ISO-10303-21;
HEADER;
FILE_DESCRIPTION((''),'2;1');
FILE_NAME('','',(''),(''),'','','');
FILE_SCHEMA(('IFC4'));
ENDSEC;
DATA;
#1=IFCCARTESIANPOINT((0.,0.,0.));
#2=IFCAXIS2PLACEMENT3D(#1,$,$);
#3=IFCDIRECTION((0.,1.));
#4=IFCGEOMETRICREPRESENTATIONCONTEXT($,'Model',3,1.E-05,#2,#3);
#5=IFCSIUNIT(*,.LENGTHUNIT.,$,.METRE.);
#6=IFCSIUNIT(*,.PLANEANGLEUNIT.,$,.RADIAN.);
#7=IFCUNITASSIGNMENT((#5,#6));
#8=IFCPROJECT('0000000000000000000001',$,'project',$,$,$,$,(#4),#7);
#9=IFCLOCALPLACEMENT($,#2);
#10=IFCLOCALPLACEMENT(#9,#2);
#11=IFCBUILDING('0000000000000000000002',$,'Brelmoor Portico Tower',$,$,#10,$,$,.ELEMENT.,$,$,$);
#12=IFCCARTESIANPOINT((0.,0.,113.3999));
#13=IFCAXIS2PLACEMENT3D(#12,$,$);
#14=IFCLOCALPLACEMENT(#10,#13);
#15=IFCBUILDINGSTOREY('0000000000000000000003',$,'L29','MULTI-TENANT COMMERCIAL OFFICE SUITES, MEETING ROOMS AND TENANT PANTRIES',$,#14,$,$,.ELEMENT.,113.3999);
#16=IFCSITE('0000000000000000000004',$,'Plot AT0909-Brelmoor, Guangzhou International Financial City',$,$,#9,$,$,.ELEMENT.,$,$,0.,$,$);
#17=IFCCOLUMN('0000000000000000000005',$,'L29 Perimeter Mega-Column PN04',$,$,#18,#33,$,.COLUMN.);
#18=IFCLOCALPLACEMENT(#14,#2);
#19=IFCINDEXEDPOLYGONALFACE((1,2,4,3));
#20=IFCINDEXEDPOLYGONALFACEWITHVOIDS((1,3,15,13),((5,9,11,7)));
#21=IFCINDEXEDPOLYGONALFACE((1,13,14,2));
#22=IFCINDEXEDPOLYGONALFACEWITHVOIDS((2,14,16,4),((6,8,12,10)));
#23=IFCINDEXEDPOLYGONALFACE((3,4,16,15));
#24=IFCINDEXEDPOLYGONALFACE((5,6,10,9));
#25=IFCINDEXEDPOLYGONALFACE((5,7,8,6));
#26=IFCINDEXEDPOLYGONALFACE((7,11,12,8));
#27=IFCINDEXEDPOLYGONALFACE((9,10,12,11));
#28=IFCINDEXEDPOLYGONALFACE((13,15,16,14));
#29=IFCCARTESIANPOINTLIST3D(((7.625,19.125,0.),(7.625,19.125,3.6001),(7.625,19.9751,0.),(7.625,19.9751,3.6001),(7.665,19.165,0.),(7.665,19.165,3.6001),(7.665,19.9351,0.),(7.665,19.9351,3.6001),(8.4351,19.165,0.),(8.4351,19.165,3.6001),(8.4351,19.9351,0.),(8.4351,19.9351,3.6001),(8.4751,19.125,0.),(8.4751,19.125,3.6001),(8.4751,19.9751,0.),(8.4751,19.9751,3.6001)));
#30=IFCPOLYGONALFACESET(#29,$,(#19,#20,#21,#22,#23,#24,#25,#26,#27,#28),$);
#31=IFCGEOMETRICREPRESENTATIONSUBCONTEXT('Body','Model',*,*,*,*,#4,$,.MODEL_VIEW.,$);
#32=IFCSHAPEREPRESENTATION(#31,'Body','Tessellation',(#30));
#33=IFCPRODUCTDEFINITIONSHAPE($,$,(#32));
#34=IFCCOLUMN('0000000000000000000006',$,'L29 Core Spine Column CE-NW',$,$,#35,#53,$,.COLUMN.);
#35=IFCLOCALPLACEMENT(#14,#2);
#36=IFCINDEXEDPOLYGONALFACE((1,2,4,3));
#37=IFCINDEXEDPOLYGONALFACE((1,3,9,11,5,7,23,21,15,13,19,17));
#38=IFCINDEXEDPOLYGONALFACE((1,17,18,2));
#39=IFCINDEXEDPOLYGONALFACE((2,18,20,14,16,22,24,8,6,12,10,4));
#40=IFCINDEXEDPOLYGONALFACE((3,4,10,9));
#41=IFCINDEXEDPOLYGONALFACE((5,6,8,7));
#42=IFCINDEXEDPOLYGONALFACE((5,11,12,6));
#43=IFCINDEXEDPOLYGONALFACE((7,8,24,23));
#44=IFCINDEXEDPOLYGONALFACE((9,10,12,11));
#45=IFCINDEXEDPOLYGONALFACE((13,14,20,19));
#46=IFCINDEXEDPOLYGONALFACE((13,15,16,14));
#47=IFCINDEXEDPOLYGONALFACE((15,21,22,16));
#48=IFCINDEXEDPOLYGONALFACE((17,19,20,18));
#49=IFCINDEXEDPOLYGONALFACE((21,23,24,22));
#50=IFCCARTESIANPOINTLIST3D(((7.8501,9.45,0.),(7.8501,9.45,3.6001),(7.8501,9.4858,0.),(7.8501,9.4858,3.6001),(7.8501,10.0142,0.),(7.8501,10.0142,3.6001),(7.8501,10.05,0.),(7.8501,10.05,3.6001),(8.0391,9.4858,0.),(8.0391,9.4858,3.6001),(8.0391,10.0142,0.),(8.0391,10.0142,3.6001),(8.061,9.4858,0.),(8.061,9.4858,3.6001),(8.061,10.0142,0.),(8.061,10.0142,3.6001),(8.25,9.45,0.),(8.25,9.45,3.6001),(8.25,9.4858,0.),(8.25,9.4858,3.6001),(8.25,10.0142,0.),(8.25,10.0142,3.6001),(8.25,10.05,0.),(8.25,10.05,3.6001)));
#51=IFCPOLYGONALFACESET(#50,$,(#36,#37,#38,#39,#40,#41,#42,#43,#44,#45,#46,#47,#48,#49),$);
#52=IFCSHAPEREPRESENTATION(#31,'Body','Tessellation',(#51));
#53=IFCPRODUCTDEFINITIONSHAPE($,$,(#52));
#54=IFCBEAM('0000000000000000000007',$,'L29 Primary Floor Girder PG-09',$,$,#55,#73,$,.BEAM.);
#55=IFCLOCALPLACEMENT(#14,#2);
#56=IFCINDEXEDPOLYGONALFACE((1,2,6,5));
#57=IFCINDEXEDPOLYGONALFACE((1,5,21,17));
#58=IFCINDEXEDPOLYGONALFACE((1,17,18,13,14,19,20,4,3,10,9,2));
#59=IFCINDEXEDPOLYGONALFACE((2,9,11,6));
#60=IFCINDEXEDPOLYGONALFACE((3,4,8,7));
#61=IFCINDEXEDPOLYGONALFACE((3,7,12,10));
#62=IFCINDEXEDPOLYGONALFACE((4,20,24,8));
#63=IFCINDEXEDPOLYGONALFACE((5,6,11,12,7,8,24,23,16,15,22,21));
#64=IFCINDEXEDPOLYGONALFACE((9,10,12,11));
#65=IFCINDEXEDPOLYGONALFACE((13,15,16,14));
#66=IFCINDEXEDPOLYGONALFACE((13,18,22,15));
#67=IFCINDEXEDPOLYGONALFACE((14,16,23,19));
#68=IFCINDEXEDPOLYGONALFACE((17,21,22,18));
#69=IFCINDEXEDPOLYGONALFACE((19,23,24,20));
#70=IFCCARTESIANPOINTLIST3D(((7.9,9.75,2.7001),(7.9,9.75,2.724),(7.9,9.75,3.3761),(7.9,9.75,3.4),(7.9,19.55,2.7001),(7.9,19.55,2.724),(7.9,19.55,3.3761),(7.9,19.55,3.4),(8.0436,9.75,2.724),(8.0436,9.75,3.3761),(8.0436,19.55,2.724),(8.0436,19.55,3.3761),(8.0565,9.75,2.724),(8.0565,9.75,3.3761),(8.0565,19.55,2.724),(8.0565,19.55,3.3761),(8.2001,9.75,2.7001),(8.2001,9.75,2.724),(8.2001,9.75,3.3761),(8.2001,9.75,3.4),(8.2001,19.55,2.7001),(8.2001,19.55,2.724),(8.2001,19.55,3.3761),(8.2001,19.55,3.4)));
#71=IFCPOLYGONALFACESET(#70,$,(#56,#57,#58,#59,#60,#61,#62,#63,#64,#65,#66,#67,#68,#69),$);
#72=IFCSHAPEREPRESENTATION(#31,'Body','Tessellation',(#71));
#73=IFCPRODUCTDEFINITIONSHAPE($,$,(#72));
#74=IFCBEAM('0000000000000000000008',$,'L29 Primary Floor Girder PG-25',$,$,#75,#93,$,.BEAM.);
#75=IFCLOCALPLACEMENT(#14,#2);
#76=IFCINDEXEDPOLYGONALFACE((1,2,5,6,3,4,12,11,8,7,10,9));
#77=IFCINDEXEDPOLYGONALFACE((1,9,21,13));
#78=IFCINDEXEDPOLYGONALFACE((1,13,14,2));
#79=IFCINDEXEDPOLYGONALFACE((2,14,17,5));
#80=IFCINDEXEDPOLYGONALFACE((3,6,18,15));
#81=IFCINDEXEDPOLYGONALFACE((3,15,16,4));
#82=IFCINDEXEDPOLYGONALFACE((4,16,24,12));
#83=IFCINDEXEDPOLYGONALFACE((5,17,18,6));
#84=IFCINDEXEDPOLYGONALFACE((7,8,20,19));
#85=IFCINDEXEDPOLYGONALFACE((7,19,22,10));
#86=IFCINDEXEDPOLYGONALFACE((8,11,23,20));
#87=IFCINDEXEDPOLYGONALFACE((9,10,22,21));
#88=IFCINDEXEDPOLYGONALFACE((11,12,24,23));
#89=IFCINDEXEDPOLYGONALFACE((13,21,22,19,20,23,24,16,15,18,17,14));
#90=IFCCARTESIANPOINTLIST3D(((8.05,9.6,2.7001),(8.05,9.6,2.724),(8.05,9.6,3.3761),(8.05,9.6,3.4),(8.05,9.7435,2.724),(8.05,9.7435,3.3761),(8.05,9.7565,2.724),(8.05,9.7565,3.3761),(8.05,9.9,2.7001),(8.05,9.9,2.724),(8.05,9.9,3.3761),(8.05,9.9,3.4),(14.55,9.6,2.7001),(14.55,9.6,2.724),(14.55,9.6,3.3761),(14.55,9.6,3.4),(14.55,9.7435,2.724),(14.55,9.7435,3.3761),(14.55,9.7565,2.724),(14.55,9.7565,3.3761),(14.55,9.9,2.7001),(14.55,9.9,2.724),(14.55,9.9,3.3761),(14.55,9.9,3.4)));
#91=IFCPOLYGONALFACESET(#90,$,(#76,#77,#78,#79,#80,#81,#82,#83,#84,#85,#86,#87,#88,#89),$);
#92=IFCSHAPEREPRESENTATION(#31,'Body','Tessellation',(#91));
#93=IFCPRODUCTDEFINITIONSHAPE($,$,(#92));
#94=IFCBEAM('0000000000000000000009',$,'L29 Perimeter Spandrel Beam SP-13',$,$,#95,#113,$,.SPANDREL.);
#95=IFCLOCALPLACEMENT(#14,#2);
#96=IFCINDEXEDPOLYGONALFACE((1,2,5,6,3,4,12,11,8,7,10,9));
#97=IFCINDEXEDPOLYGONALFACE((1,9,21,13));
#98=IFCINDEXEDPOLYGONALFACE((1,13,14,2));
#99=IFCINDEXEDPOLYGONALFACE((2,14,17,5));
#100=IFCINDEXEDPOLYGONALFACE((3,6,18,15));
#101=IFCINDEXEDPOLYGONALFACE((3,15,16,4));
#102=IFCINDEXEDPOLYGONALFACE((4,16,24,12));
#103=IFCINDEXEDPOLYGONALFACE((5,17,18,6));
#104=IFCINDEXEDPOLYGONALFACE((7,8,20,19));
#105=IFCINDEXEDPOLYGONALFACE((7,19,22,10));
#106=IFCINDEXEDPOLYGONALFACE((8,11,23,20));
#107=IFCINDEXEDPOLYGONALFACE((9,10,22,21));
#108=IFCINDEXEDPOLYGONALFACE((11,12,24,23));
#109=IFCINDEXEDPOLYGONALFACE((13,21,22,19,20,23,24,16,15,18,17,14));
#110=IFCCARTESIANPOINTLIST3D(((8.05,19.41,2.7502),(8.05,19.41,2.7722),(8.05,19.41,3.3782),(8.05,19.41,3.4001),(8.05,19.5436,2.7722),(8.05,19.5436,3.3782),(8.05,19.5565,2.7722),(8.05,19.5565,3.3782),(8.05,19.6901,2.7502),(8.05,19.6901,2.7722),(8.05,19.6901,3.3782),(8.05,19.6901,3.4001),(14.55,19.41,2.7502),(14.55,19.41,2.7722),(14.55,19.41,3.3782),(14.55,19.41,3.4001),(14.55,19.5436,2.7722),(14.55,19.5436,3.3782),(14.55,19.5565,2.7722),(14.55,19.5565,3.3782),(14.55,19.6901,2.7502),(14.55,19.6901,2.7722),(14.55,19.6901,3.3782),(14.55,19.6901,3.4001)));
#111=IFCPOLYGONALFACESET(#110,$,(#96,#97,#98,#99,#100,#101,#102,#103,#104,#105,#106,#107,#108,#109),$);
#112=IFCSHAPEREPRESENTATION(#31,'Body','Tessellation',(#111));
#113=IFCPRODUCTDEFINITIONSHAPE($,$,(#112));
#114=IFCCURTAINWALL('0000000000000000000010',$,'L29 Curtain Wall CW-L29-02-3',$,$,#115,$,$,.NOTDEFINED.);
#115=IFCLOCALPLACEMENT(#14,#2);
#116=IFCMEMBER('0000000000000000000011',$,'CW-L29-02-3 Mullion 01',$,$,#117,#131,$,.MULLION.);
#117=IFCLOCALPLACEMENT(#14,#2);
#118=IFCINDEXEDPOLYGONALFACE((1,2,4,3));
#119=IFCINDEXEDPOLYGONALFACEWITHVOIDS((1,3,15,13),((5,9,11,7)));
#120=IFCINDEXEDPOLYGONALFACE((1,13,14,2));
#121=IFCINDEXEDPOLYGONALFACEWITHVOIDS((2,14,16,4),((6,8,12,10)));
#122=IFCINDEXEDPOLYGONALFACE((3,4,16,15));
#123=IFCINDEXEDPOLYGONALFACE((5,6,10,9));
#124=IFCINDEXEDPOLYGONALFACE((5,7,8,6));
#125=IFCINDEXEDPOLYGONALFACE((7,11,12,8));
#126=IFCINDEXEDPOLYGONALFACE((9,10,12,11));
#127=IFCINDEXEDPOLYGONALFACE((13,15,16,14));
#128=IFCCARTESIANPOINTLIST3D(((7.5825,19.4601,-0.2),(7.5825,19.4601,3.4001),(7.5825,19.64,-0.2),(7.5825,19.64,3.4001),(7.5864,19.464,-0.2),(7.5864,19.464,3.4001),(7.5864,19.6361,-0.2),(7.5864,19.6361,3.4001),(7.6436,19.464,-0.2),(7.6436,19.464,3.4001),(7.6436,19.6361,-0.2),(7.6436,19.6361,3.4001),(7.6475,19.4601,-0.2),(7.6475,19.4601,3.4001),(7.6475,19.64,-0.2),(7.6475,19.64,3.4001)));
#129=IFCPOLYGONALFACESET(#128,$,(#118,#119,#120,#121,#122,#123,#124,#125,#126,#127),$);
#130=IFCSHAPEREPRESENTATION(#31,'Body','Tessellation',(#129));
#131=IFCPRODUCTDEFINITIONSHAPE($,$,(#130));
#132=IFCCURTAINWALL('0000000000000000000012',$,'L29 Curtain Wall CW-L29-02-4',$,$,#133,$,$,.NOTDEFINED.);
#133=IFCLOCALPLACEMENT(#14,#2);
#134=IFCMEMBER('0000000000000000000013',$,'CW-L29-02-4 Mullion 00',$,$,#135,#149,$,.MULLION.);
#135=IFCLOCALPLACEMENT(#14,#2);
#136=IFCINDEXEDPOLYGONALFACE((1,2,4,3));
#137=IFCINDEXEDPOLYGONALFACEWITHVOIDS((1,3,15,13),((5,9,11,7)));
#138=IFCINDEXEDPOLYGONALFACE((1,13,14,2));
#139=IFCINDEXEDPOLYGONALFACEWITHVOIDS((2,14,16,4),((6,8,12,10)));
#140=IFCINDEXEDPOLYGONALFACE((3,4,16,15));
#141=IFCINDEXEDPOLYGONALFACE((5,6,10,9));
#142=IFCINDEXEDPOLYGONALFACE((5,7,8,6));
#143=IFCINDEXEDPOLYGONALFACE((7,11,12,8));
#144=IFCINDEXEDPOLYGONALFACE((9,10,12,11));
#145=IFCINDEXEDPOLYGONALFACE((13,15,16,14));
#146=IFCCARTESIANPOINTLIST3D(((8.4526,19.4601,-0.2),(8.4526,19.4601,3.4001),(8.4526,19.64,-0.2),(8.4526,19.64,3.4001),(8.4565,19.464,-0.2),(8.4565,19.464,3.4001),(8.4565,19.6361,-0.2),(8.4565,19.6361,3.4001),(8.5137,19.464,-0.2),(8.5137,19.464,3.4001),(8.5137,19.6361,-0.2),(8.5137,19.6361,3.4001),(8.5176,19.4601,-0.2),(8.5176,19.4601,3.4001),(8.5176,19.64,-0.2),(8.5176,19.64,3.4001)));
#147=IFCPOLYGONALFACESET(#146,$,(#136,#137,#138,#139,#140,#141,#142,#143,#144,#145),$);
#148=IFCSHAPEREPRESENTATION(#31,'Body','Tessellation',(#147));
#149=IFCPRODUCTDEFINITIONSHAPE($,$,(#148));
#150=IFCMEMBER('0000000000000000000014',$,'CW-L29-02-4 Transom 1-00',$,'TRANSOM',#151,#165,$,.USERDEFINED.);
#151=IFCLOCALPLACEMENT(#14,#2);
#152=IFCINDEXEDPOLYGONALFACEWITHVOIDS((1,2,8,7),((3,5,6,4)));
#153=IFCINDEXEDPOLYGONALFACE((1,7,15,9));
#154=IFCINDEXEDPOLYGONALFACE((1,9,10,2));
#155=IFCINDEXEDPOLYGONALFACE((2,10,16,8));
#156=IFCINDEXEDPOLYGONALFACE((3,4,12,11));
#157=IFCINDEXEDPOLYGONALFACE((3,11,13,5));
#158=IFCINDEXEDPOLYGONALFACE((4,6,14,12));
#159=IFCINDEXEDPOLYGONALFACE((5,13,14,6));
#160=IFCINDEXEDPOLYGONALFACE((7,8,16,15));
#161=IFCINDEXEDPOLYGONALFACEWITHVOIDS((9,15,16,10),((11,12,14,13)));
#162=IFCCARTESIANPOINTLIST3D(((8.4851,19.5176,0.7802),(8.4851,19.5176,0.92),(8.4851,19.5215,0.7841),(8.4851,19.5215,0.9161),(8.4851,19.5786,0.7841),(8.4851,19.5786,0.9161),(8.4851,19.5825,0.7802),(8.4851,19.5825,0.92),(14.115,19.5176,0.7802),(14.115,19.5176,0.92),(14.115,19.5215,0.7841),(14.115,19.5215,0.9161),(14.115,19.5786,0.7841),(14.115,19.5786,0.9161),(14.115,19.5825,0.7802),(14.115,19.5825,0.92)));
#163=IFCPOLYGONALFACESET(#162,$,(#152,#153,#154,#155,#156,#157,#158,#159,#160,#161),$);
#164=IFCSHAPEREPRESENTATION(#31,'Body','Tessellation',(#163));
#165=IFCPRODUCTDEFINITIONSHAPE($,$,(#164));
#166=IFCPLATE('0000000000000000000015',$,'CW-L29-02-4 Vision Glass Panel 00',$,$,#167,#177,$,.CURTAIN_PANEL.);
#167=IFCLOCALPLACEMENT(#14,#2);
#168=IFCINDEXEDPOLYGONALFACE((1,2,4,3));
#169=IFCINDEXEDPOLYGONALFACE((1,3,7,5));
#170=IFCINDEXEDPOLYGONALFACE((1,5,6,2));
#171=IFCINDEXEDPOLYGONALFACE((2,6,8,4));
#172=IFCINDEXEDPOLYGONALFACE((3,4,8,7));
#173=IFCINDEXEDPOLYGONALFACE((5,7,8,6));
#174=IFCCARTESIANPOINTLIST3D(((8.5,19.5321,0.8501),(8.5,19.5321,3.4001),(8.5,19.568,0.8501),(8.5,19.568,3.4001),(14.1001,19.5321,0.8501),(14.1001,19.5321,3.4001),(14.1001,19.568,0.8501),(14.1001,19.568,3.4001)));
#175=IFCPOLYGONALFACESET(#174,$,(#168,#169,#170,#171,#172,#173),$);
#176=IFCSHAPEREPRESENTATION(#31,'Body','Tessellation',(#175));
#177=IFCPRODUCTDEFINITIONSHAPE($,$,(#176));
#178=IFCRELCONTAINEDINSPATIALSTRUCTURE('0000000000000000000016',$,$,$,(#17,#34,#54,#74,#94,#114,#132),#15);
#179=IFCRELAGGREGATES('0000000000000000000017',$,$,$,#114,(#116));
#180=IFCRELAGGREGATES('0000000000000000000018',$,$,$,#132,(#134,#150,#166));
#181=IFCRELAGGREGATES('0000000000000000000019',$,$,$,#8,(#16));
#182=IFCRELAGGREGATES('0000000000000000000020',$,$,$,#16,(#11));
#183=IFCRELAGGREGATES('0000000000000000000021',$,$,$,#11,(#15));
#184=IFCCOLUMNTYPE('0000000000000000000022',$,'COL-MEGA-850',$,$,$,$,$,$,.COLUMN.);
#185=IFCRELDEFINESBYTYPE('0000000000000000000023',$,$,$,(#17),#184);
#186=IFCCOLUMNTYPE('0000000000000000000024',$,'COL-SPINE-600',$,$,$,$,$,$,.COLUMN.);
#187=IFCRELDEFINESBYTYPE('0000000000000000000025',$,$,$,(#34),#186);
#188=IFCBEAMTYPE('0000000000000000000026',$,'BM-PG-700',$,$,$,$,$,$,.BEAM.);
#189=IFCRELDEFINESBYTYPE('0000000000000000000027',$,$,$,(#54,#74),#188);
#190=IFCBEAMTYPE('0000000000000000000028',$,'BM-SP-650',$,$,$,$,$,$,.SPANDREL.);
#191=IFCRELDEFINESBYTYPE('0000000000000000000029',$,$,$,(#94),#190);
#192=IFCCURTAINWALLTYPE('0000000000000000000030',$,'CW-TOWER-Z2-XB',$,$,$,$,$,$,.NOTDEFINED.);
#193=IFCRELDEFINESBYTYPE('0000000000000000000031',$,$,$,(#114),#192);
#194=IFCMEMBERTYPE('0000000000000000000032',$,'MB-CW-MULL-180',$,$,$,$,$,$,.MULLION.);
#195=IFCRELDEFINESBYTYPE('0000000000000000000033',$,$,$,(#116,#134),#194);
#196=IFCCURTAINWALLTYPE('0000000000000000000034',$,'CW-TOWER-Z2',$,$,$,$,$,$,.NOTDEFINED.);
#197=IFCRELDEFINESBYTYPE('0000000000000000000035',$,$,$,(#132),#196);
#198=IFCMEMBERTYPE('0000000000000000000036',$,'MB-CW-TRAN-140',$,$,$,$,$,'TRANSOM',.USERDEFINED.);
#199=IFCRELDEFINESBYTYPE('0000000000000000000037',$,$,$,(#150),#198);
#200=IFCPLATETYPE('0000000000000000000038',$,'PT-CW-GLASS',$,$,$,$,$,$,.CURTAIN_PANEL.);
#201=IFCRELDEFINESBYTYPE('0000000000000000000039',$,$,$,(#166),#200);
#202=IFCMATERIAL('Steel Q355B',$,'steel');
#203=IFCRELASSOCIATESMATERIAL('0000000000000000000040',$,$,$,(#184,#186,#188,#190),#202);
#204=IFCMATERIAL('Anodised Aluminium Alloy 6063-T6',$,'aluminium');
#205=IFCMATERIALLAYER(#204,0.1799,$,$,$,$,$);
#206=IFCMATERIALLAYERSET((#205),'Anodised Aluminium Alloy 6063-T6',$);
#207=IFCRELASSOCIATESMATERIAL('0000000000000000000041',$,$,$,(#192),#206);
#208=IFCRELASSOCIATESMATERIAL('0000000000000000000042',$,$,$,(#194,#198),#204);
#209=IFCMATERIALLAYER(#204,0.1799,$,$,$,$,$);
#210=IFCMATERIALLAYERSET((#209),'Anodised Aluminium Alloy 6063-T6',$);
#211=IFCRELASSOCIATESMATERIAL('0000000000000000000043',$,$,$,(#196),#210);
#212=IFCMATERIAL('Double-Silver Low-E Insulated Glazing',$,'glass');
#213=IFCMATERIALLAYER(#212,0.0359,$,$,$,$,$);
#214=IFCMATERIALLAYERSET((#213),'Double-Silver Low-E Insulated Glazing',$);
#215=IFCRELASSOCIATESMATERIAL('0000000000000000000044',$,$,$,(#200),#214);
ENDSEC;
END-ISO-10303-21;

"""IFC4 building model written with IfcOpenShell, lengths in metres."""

from ifc_helpers import new_model, si_unit, direction, frame, origin, origin_2d, place, context, subcontext, project, spatial, rectangle, hollow_rectangle, i_section, extrude, material, layer, layer_set, material_profile, profile_set, type_object, element, aggregate, save


model = new_model("IFC4")

# Units and contexts
model_context = context("Model", 3, precision=1e-05, world=origin(), true_north=direction((0.0, 1.0)))
body_context = subcontext(model_context, "Body", "Model", "MODEL_VIEW")
ifc_project = project(units=[si_unit("LENGTHUNIT", "METRE"), si_unit("PLANEANGLEUNIT", "RADIAN")], contexts=[model_context])

# Site, building, storey
site_placement = place(None, origin())
site = spatial("IfcSite", under=ifc_project, at=site_placement, Name="Plot AT0909-Brelmoor, Guangzhou International Financial City", CompositionType="ELEMENT", RefElevation=0.0)
building_placement = place(site_placement, origin())
building = spatial("IfcBuilding", under=site, at=building_placement, Name="Brelmoor Portico Tower", CompositionType="ELEMENT")
storey_placement = place(building_placement, frame((0.0, 0.0, 113.3999)))
storey = spatial("IfcBuildingStorey", under=building, at=storey_placement, Name="L29", Description="MULTI-TENANT COMMERCIAL OFFICE SUITES, MEETING ROOMS AND TENANT PANTRIES", CompositionType="ELEMENT", Elevation=113.3999)

# Columns
ifc_material_1 = material(Name="Steel Q355B", Category="steel")
ifc_material_profile_1 = material_profile(ifc_material_1, hollow_rectangle(XDim=0.8501, YDim=0.8501, WallThickness=0.04, at=origin_2d()), Name="BOX 850x850x40")
ifc_profile_set_1 = profile_set([ifc_material_profile_1], Name="Steel Q355B")
column_type_1 = type_object("IfcColumnType", Name="COL-MEGA-850", PredefinedType="COLUMN", material=ifc_profile_set_1)
column_1_placement = place(storey_placement, frame((8.05, 19.55, 0.0), z_axis=(0.0, 0.0, 1.0), x_axis=(1.0, 0.0, 0.0)))
element("IfcColumn", 1, at=column_1_placement, inside=storey, type_object=column_type_1, Name="L29 Perimeter Mega-Column PN04", PredefinedType="COLUMN", context=body_context, shape_type="SweptSolid", body=[
    extrude(hollow_rectangle(XDim=0.8501, YDim=0.8501, WallThickness=0.04, at=origin_2d()), origin(), (0.0, 0.0, 1.0), 3.6001),
])
ifc_material_profile_2 = material_profile(ifc_material_1, i_section(OverallWidth=0.3999, OverallDepth=0.6001, WebThickness=0.022, FlangeThickness=0.0359, at=origin_2d()), Name="HW 600x400x22x36")
ifc_profile_set_2 = profile_set([ifc_material_profile_2], Name="Steel Q355B")
column_type_2 = type_object("IfcColumnType", Name="COL-SPINE-600", PredefinedType="COLUMN", material=ifc_profile_set_2)
column_2_placement = place(storey_placement, frame((8.05, 9.75, 0.0), z_axis=(0.0, 0.0, 1.0), x_axis=(1.0, 0.0, 0.0)))
element("IfcColumn", 2, at=column_2_placement, inside=storey, type_object=column_type_2, Name="L29 Core Spine Column CE-NW", PredefinedType="COLUMN", context=body_context, shape_type="SweptSolid", body=[
    extrude(i_section(OverallWidth=0.3999, OverallDepth=0.6001, WebThickness=0.022, FlangeThickness=0.0359, at=origin_2d()), origin(), (0.0, 0.0, 1.0), 3.6001),
])

# Beams
ifc_material_profile_3 = material_profile(ifc_material_1, i_section(OverallWidth=0.3, OverallDepth=0.7, WebThickness=0.0129, FlangeThickness=0.0239, at=origin_2d()), Name="HN 700x300x13x24")
ifc_profile_set_3 = profile_set([ifc_material_profile_3], Name="Steel Q355B")
beam_type_1 = type_object("IfcBeamType", Name="BM-PG-700", PredefinedType="BEAM", material=ifc_profile_set_3)
beam_1_placement = place(storey_placement, frame((8.05, 9.75, 3.05), z_axis=(0.0, 1.0, 0.0), x_axis=(-1.0, 0.0, 0.0)))
element("IfcBeam", 3, at=beam_1_placement, inside=storey, type_object=beam_type_1, Name="L29 Primary Floor Girder PG-09", PredefinedType="BEAM", context=body_context, shape_type="SweptSolid", body=[
    extrude(i_section(OverallWidth=0.3, OverallDepth=0.7, WebThickness=0.0129, FlangeThickness=0.0239, at=origin_2d()), origin(), (0.0, 0.0, 1.0), 9.8),
])
beam_2_placement = place(storey_placement, frame((8.05, 9.75, 3.05), z_axis=(1.0, 0.0, 0.0), x_axis=(0.0, 1.0, 0.0)))
element("IfcBeam", 4, at=beam_2_placement, inside=storey, type_object=beam_type_1, Name="L29 Primary Floor Girder PG-25", PredefinedType="BEAM", context=body_context, shape_type="SweptSolid", body=[
    extrude(i_section(OverallWidth=0.3, OverallDepth=0.7, WebThickness=0.0129, FlangeThickness=0.0239, at=origin_2d()), origin(), (0.0, 0.0, 1.0), 6.5),
])
ifc_material_profile_4 = material_profile(ifc_material_1, i_section(OverallWidth=0.28, OverallDepth=0.6499, WebThickness=0.0129, FlangeThickness=0.022, at=origin_2d()), Name="HN 650x280x13x22")
ifc_profile_set_4 = profile_set([ifc_material_profile_4], Name="Steel Q355B")
beam_type_2 = type_object("IfcBeamType", Name="BM-SP-650", PredefinedType="SPANDREL", material=ifc_profile_set_4)
beam_3_placement = place(storey_placement, frame((8.05, 19.55, 3.0752), z_axis=(1.0, 0.0, 0.0), x_axis=(0.0, 1.0, 0.0)))
element("IfcBeam", 5, at=beam_3_placement, inside=storey, type_object=beam_type_2, Name="L29 Perimeter Spandrel Beam SP-13", PredefinedType="SPANDREL", context=body_context, shape_type="SweptSolid", body=[
    extrude(i_section(OverallWidth=0.28, OverallDepth=0.6499, WebThickness=0.0129, FlangeThickness=0.022, at=origin_2d()), origin(), (0.0, 0.0, 1.0), 6.5),
])

# Curtain wall, member
ifc_material_2 = material(Name="Anodised Aluminium Alloy 6063-T6", Category="aluminium")
ifc_layer_1 = layer(ifc_material_2, 0.1799)
ifc_layer_set_1 = layer_set([ifc_layer_1], Name="Anodised Aluminium Alloy 6063-T6")
curtain_wall_type_1 = type_object("IfcCurtainWallType", Name="CW-TOWER-Z2-XB", PredefinedType="NOTDEFINED", material=ifc_layer_set_1)
curtain_wall_1_placement = place(storey_placement, origin())
curtain_wall_1 = element("IfcCurtainWall", 6, at=curtain_wall_1_placement, inside=storey, type_object=curtain_wall_type_1, Name="L29 Curtain Wall CW-L29-02-3", PredefinedType="NOTDEFINED")
ifc_material_profile_5 = material_profile(ifc_material_2, hollow_rectangle(XDim=0.0649, YDim=0.1799, WallThickness=0.0039, at=origin_2d()), Name="ALU MULLION 65x180")
ifc_profile_set_5 = profile_set([ifc_material_profile_5], Name="Anodised Aluminium Alloy 6063-T6")
member_type_1 = type_object("IfcMemberType", Name="MB-CW-MULL-180", PredefinedType="MULLION", material=ifc_profile_set_5)
member_1_placement = place(storey_placement, frame((7.615, 19.55, -0.2), z_axis=(0.0, 0.0, 1.0), x_axis=(1.0, 0.0, 0.0)))
member_1 = element("IfcMember", 7, at=member_1_placement, type_object=member_type_1, Name="CW-L29-02-3 Mullion 01", PredefinedType="MULLION", context=body_context, shape_type="SweptSolid", body=[
    extrude(hollow_rectangle(XDim=0.0649, YDim=0.1799, WallThickness=0.0039, at=origin_2d()), origin(), (0.0, 0.0, 1.0), 3.6001),
])

# Curtain wall, members, plate
ifc_layer_2 = layer(ifc_material_2, 0.1799)
ifc_layer_set_2 = layer_set([ifc_layer_2], Name="Anodised Aluminium Alloy 6063-T6")
curtain_wall_type_2 = type_object("IfcCurtainWallType", Name="CW-TOWER-Z2", PredefinedType="NOTDEFINED", material=ifc_layer_set_2)
curtain_wall_2_placement = place(storey_placement, origin())
curtain_wall_2 = element("IfcCurtainWall", 8, at=curtain_wall_2_placement, inside=storey, type_object=curtain_wall_type_2, Name="L29 Curtain Wall CW-L29-02-4", PredefinedType="NOTDEFINED")
member_2_placement = place(storey_placement, frame((8.4851, 19.55, -0.2), z_axis=(0.0, 0.0, 1.0), x_axis=(1.0, 0.0, 0.0)))
member_2 = element("IfcMember", 9, at=member_2_placement, type_object=member_type_1, Name="CW-L29-02-4 Mullion 00", PredefinedType="MULLION", context=body_context, shape_type="SweptSolid", body=[
    extrude(hollow_rectangle(XDim=0.0649, YDim=0.1799, WallThickness=0.0039, at=origin_2d()), origin(), (0.0, 0.0, 1.0), 3.6001),
])
ifc_material_profile_6 = material_profile(ifc_material_2, hollow_rectangle(XDim=0.0649, YDim=0.1399, WallThickness=0.0039, at=origin_2d()), Name="ALU TRANSOM 65x140")
ifc_profile_set_6 = profile_set([ifc_material_profile_6], Name="Anodised Aluminium Alloy 6063-T6")
member_type_2 = type_object("IfcMemberType", Name="MB-CW-TRAN-140", ElementType="TRANSOM", PredefinedType="USERDEFINED", material=ifc_profile_set_6)
member_3_placement = place(storey_placement, frame((8.4851, 19.55, 0.8501), z_axis=(1.0, 0.0, 0.0), x_axis=(0.0, 1.0, 0.0)))
member_3 = element("IfcMember", 10, at=member_3_placement, type_object=member_type_2, Name="CW-L29-02-4 Transom 1-00", ObjectType="TRANSOM", PredefinedType="USERDEFINED", context=body_context, shape_type="SweptSolid", body=[
    extrude(hollow_rectangle(XDim=0.0649, YDim=0.1399, WallThickness=0.0039, at=origin_2d()), origin(), (0.0, 0.0, 1.0), 5.6299),
])
ifc_material_3 = material(Name="Double-Silver Low-E Insulated Glazing", Category="glass")
ifc_layer_3 = layer(ifc_material_3, 0.0359)
ifc_layer_set_3 = layer_set([ifc_layer_3], Name="Double-Silver Low-E Insulated Glazing")
plate_type_1 = type_object("IfcPlateType", Name="PT-CW-GLASS", PredefinedType="CURTAIN_PANEL", material=ifc_layer_set_3)
plate_1_placement = place(storey_placement, frame((11.3, 19.55, 0.8501), z_axis=(0.0, 0.0, 1.0), x_axis=(1.0, 0.0, 0.0)))
plate_1 = element("IfcPlate", 11, at=plate_1_placement, type_object=plate_type_1, Name="CW-L29-02-4 Vision Glass Panel 00", PredefinedType="CURTAIN_PANEL", context=body_context, shape_type="SweptSolid", body=[
    extrude(rectangle(XDim=5.6001, YDim=0.0359, at=origin_2d()), origin(), (0.0, 0.0, 1.0), 2.55),
])

aggregate(curtain_wall_1, [member_1])
aggregate(curtain_wall_2, [member_2, member_3, plate_1])

save(model, "model.ifc")
